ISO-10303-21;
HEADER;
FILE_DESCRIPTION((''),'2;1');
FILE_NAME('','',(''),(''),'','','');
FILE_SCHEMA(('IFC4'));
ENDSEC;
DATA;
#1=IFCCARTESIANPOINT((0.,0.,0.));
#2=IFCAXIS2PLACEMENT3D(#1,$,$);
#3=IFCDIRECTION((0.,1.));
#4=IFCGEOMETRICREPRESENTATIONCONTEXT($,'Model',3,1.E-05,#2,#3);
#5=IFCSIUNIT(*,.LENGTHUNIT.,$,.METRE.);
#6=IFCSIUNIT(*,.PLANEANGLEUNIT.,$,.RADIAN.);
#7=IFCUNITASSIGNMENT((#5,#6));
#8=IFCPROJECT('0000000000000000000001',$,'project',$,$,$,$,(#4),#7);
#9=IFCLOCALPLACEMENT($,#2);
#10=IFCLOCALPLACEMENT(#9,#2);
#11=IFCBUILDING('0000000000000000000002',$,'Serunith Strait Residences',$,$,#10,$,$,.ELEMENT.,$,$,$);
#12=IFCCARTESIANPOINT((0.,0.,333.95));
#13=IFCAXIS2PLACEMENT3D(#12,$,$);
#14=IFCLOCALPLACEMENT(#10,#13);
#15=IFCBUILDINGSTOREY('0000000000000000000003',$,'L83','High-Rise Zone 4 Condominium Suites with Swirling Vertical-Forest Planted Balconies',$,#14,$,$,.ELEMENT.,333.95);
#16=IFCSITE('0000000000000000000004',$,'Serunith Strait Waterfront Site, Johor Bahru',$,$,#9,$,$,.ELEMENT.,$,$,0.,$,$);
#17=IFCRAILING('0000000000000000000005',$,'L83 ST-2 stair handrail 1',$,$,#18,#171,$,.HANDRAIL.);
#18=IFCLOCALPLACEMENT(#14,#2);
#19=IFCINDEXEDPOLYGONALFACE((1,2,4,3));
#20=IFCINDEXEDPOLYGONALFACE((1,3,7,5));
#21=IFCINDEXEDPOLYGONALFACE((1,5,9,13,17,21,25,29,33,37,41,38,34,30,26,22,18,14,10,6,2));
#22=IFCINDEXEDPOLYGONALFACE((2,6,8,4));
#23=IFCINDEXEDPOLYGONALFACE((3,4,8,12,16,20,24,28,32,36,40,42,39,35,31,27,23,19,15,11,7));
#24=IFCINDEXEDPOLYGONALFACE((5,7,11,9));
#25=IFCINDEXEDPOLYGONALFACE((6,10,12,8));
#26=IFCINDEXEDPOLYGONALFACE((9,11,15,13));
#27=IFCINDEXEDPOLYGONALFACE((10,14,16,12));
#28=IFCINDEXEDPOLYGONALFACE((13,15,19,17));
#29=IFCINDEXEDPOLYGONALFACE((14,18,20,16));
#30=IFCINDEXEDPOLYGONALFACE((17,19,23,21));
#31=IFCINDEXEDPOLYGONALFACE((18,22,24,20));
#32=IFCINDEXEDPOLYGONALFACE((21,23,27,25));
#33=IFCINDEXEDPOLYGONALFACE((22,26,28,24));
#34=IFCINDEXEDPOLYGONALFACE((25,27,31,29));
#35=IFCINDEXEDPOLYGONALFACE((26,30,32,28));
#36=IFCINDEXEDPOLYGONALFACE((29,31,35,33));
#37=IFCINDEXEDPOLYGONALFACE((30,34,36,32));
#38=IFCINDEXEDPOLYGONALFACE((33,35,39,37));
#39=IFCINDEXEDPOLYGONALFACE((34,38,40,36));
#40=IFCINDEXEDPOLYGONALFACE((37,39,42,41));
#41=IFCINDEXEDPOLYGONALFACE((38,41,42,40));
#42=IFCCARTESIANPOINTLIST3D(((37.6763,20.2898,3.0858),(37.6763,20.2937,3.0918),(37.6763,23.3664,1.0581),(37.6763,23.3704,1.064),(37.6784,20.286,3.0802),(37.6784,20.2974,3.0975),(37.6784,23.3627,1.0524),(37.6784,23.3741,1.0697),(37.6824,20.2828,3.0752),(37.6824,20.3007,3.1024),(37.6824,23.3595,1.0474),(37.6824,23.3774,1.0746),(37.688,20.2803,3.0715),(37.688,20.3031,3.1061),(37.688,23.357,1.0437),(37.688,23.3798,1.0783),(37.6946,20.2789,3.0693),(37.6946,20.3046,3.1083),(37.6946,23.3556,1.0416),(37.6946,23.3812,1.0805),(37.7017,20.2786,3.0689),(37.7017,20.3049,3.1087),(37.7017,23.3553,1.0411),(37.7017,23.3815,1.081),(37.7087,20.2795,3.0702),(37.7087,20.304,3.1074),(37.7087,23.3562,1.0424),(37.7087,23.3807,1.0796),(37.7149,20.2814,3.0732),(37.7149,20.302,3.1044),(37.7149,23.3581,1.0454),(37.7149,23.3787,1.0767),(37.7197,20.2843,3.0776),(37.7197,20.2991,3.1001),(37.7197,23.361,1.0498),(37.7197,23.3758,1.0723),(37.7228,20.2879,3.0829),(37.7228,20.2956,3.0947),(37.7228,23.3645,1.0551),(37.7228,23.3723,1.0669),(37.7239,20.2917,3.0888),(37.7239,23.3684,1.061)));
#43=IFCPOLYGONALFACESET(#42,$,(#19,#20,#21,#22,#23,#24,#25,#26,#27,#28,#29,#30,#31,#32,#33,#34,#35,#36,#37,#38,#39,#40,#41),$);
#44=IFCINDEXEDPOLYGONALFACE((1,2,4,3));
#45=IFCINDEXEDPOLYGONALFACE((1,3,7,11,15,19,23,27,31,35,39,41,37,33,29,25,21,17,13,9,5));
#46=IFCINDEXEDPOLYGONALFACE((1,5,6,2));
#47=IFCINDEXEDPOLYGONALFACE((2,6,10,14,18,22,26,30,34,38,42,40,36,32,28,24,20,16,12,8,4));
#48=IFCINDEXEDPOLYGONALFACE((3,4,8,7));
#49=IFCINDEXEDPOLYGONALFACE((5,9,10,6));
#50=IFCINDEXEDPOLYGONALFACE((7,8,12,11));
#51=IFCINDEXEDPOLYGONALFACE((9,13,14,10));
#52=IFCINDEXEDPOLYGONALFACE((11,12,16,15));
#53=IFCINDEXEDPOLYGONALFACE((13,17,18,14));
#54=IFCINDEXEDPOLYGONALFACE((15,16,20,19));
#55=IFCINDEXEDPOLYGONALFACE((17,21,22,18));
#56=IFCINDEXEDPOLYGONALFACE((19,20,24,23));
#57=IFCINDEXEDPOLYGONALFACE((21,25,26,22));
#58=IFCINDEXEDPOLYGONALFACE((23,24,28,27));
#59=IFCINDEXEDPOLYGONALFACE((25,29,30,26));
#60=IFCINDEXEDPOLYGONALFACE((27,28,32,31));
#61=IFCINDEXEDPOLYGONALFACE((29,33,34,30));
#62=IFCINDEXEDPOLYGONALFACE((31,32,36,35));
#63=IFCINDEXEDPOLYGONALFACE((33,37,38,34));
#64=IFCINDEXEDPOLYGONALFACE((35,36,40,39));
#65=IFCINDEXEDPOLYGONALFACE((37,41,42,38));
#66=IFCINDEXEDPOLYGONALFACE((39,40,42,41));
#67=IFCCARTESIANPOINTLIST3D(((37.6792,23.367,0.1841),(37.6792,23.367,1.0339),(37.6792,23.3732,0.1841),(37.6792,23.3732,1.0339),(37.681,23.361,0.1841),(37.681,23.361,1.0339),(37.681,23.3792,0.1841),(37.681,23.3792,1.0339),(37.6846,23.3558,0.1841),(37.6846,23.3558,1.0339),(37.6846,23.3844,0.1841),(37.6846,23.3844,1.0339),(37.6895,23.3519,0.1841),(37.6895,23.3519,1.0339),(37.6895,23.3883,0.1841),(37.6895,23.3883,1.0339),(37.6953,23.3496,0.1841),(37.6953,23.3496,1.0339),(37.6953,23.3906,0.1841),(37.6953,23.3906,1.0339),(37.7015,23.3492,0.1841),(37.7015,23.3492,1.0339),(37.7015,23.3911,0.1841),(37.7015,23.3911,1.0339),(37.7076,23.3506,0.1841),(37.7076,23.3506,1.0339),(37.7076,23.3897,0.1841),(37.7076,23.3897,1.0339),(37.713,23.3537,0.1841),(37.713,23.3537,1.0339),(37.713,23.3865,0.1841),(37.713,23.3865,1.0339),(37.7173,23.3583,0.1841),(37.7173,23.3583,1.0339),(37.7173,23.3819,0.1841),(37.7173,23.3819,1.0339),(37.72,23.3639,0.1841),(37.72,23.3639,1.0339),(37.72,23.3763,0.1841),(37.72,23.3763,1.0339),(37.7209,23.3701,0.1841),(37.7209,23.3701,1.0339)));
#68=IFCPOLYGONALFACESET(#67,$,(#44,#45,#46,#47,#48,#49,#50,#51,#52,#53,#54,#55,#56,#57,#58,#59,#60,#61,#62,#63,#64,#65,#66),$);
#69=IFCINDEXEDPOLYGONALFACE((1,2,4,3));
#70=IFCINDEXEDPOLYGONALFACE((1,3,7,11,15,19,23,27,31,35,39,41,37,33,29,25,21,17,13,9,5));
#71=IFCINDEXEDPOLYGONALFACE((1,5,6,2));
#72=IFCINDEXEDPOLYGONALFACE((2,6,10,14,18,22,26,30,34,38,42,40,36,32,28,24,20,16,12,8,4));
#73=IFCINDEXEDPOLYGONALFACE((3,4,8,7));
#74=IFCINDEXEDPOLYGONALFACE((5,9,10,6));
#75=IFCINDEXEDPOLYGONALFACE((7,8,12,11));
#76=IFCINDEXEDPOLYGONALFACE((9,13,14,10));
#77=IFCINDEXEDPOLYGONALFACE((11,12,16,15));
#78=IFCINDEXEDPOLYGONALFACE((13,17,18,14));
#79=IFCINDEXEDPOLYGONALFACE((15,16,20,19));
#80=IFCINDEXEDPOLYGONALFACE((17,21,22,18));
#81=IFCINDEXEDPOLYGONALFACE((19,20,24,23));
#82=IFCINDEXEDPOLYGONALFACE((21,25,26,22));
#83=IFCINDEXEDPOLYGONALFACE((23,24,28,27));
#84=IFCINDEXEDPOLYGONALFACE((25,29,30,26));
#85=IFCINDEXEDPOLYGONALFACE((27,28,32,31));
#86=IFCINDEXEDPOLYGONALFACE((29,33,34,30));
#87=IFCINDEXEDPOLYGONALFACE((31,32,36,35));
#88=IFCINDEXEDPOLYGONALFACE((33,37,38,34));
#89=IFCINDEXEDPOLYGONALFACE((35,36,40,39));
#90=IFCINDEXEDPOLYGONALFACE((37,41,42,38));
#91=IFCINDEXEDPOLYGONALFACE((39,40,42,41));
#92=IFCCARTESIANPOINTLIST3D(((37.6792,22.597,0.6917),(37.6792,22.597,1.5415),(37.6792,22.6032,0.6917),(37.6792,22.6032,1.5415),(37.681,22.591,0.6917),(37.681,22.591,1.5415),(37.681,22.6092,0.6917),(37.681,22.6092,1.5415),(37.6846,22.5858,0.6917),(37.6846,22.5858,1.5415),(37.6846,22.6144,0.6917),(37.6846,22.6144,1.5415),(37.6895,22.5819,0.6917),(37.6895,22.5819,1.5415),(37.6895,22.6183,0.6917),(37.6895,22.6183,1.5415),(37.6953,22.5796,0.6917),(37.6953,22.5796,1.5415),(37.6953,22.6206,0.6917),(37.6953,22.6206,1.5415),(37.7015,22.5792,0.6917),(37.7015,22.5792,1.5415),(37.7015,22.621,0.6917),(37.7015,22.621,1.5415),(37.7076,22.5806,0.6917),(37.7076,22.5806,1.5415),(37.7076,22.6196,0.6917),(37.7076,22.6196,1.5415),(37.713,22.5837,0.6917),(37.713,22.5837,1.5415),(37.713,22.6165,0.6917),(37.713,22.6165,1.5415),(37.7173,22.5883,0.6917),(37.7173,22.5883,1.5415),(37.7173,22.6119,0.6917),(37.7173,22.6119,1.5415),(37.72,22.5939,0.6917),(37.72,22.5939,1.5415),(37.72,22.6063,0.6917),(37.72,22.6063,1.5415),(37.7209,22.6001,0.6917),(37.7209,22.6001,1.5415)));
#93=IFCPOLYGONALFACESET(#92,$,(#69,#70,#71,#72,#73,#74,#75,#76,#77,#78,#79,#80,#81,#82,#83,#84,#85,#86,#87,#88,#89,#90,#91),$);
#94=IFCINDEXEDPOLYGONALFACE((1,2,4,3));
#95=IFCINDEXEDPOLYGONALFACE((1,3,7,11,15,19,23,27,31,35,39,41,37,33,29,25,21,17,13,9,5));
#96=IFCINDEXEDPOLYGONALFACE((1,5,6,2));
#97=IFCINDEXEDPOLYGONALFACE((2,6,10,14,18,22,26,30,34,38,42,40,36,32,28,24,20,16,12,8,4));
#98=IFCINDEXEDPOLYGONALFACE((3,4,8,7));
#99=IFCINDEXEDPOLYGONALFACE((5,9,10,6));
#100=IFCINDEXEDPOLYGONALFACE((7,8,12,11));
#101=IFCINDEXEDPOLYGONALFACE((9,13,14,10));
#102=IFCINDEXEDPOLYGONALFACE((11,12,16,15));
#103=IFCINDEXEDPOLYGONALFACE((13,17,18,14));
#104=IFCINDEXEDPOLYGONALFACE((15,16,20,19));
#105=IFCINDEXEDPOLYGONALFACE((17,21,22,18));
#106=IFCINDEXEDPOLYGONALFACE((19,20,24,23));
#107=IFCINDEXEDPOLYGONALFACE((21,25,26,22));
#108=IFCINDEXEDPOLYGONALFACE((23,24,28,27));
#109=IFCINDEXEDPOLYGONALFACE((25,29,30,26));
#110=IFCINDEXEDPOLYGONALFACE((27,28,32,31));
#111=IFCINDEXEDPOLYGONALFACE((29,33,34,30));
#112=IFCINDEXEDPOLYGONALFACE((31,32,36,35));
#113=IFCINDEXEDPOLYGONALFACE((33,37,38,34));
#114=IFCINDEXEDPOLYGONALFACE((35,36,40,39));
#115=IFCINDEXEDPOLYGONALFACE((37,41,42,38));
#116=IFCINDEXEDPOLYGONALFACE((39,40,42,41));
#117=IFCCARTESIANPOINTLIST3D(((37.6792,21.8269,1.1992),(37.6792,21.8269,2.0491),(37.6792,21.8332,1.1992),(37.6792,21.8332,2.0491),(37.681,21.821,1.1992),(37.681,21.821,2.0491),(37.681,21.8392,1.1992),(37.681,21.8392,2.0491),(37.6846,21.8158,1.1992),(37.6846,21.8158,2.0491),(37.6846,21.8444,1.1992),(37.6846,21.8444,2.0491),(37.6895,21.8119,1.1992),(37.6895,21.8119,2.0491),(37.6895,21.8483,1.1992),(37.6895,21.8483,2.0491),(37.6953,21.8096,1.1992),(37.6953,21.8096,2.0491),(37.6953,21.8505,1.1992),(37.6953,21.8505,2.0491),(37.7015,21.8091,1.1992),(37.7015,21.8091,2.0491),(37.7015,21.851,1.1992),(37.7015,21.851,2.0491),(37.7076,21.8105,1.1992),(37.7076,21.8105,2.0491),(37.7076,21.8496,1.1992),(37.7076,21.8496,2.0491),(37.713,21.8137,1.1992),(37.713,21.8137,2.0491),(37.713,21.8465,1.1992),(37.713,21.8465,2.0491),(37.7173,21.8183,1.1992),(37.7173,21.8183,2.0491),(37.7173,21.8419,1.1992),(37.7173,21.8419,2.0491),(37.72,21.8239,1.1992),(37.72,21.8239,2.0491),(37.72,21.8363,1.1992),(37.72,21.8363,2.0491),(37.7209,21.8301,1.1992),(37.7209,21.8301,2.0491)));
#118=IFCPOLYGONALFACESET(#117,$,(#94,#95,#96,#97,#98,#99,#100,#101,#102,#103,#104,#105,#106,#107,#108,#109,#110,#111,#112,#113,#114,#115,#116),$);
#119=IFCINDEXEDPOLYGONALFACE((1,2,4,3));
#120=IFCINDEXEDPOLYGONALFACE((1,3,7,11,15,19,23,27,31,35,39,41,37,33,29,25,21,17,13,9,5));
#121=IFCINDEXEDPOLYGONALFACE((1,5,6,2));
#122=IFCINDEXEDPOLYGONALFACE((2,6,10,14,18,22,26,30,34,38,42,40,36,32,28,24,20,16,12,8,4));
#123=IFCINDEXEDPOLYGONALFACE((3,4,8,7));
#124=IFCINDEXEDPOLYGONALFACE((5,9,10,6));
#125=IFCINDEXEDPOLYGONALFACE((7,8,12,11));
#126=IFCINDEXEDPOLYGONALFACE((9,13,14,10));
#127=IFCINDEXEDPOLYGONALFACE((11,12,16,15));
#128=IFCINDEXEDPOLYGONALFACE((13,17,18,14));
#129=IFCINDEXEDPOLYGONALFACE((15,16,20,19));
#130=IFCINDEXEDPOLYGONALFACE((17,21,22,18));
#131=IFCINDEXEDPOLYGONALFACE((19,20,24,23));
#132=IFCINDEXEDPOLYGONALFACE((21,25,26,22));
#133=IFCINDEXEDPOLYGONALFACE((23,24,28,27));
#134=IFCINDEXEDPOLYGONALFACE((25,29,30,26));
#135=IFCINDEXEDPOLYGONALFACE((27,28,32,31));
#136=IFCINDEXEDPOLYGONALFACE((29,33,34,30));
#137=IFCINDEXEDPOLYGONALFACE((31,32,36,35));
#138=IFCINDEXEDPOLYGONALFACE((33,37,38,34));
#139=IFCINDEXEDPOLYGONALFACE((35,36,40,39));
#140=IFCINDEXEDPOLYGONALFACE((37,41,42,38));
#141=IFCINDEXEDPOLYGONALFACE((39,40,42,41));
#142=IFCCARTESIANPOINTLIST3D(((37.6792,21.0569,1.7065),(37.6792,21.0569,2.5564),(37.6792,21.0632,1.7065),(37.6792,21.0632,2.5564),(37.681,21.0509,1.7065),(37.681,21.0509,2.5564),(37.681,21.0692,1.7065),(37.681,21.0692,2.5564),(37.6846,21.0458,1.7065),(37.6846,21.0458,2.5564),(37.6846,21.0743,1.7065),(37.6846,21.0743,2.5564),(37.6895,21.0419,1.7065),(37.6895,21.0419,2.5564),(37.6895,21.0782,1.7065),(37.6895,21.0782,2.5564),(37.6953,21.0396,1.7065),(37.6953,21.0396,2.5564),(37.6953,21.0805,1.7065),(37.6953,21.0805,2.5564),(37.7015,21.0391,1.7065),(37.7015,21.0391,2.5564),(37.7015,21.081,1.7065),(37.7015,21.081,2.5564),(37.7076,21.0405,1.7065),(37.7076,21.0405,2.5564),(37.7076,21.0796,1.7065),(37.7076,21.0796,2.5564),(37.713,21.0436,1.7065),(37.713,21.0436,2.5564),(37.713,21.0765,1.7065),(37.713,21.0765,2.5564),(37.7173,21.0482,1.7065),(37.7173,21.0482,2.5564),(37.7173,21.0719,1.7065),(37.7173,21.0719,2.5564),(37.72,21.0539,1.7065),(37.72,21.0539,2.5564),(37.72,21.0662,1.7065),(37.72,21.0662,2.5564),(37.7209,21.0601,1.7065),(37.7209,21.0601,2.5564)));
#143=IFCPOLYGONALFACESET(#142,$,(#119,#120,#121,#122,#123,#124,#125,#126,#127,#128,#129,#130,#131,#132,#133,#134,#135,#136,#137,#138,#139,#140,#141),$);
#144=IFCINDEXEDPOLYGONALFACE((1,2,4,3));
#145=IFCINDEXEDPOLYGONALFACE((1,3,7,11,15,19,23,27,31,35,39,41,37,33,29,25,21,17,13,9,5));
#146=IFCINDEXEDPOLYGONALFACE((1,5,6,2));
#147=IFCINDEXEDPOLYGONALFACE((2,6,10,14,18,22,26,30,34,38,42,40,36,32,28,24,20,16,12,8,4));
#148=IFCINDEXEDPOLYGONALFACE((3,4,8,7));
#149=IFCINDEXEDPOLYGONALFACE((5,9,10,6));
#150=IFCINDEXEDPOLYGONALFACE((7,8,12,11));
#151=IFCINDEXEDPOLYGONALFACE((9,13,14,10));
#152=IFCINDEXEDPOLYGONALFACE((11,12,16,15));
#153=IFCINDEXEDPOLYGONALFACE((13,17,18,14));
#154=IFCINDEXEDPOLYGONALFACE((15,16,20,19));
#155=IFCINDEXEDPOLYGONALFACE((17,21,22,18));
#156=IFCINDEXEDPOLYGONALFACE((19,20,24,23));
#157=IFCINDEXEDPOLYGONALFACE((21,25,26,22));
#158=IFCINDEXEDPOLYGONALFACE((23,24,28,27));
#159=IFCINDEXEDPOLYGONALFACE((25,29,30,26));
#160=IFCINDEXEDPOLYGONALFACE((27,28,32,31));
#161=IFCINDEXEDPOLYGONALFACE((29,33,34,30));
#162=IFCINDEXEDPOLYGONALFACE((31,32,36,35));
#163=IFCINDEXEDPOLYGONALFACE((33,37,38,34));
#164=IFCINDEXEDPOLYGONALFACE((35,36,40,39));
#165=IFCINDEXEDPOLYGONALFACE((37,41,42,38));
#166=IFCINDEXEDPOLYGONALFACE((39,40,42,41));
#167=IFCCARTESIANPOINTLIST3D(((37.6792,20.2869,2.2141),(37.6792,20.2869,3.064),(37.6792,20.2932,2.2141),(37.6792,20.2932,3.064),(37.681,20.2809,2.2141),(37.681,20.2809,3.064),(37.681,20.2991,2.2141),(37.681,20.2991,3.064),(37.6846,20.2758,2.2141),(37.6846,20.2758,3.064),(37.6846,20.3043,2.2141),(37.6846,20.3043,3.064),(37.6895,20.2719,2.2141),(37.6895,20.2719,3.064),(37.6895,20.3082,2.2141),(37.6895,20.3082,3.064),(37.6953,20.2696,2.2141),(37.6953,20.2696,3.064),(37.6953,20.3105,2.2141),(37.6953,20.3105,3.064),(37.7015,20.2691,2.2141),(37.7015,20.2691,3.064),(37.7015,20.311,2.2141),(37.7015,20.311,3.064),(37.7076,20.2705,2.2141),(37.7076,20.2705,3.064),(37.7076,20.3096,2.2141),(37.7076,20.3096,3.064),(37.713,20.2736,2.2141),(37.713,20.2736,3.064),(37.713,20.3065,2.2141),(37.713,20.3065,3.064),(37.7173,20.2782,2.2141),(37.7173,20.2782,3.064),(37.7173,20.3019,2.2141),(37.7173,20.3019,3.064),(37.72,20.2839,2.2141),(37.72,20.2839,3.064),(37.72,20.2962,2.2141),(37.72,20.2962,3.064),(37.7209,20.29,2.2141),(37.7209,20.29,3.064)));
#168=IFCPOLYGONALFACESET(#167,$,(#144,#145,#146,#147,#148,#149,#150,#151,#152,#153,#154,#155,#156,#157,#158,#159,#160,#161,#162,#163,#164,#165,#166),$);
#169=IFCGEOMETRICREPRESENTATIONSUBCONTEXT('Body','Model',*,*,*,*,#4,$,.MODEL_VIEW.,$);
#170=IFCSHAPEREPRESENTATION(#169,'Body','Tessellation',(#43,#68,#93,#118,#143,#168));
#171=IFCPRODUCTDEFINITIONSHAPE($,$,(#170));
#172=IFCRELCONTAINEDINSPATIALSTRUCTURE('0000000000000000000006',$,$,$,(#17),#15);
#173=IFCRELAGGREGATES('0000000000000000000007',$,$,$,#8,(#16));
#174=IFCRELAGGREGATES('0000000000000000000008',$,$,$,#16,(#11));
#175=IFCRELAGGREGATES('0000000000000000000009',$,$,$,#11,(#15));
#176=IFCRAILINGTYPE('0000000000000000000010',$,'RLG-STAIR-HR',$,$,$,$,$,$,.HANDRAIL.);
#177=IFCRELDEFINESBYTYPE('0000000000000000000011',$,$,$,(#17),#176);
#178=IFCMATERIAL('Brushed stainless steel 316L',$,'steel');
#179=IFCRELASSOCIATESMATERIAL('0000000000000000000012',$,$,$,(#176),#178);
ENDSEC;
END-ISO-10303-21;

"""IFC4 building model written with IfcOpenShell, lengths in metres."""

from ifc_helpers import new_model, si_unit, direction, frame, origin, origin_2d, place, context, subcontext, project, spatial, circle, extrude, material, type_object, element, save


model = new_model("IFC4")

# Units and contexts
model_context = context("Model", 3, precision=1e-05, world=origin(), true_north=direction((0.0, 1.0)))
body_context = subcontext(model_context, "Body", "Model", "MODEL_VIEW")
ifc_project = project(units=[si_unit("LENGTHUNIT", "METRE"), si_unit("PLANEANGLEUNIT", "RADIAN")], contexts=[model_context])

# Site, building, storey
site_placement = place(None, origin())
site = spatial("IfcSite", under=ifc_project, at=site_placement, Name="Serunith Strait Waterfront Site, Johor Bahru", CompositionType="ELEMENT", RefElevation=0.0)
building_placement = place(site_placement, origin())
building = spatial("IfcBuilding", under=site, at=building_placement, Name="Serunith Strait Residences", CompositionType="ELEMENT")
storey_placement = place(building_placement, frame((0.0, 0.0, 333.95)))
storey = spatial("IfcBuildingStorey", under=building, at=storey_placement, Name="L83", Description="High-Rise Zone 4 Condominium Suites with Swirling Vertical-Forest Planted Balconies", CompositionType="ELEMENT", Elevation=333.95)

# Railing
ifc_material_1 = material(Name="Brushed stainless steel 316L", Category="steel")
railing_type_1 = type_object("IfcRailingType", Name="RLG-STAIR-HR", PredefinedType="HANDRAIL", material=ifc_material_1)
railing_1_placement = place(storey_placement, frame((37.7, 23.3701, 0.1841)))
element("IfcRailing", 1, at=railing_1_placement, inside=storey, type_object=railing_type_1, Name="L83 ST-2 stair handrail 1", PredefinedType="HANDRAIL", context=body_context, shape_type="SweptSolid", body=[
    extrude(circle(Radius=0.0239, at=origin_2d()), frame((0.0, -0.0017, 0.877), z_axis=(0.0, -0.834961, 0.550309), x_axis=(1.0, 0.0, 0.0)), (0.0, 0.0, 1.0), 3.6848),
    extrude(circle(Radius=0.021, at=origin_2d()), origin(), (0.0, 0.0, 1.0), 0.8499),
    extrude(circle(Radius=0.021, at=origin_2d()), frame((0.0, -0.77, 0.5076)), (0.0, 0.0, 1.0), 0.8499),
    extrude(circle(Radius=0.021, at=origin_2d()), frame((0.0, -1.54, 1.0151)), (0.0, 0.0, 1.0), 0.8499),
    extrude(circle(Radius=0.021, at=origin_2d()), frame((0.0, -2.3101, 1.5225)), (0.0, 0.0, 1.0), 0.8499),
    extrude(circle(Radius=0.021, at=origin_2d()), frame((0.0, -3.0801, 2.03)), (0.0, 0.0, 1.0), 0.8499),
])

save(model, "model.ifc")
